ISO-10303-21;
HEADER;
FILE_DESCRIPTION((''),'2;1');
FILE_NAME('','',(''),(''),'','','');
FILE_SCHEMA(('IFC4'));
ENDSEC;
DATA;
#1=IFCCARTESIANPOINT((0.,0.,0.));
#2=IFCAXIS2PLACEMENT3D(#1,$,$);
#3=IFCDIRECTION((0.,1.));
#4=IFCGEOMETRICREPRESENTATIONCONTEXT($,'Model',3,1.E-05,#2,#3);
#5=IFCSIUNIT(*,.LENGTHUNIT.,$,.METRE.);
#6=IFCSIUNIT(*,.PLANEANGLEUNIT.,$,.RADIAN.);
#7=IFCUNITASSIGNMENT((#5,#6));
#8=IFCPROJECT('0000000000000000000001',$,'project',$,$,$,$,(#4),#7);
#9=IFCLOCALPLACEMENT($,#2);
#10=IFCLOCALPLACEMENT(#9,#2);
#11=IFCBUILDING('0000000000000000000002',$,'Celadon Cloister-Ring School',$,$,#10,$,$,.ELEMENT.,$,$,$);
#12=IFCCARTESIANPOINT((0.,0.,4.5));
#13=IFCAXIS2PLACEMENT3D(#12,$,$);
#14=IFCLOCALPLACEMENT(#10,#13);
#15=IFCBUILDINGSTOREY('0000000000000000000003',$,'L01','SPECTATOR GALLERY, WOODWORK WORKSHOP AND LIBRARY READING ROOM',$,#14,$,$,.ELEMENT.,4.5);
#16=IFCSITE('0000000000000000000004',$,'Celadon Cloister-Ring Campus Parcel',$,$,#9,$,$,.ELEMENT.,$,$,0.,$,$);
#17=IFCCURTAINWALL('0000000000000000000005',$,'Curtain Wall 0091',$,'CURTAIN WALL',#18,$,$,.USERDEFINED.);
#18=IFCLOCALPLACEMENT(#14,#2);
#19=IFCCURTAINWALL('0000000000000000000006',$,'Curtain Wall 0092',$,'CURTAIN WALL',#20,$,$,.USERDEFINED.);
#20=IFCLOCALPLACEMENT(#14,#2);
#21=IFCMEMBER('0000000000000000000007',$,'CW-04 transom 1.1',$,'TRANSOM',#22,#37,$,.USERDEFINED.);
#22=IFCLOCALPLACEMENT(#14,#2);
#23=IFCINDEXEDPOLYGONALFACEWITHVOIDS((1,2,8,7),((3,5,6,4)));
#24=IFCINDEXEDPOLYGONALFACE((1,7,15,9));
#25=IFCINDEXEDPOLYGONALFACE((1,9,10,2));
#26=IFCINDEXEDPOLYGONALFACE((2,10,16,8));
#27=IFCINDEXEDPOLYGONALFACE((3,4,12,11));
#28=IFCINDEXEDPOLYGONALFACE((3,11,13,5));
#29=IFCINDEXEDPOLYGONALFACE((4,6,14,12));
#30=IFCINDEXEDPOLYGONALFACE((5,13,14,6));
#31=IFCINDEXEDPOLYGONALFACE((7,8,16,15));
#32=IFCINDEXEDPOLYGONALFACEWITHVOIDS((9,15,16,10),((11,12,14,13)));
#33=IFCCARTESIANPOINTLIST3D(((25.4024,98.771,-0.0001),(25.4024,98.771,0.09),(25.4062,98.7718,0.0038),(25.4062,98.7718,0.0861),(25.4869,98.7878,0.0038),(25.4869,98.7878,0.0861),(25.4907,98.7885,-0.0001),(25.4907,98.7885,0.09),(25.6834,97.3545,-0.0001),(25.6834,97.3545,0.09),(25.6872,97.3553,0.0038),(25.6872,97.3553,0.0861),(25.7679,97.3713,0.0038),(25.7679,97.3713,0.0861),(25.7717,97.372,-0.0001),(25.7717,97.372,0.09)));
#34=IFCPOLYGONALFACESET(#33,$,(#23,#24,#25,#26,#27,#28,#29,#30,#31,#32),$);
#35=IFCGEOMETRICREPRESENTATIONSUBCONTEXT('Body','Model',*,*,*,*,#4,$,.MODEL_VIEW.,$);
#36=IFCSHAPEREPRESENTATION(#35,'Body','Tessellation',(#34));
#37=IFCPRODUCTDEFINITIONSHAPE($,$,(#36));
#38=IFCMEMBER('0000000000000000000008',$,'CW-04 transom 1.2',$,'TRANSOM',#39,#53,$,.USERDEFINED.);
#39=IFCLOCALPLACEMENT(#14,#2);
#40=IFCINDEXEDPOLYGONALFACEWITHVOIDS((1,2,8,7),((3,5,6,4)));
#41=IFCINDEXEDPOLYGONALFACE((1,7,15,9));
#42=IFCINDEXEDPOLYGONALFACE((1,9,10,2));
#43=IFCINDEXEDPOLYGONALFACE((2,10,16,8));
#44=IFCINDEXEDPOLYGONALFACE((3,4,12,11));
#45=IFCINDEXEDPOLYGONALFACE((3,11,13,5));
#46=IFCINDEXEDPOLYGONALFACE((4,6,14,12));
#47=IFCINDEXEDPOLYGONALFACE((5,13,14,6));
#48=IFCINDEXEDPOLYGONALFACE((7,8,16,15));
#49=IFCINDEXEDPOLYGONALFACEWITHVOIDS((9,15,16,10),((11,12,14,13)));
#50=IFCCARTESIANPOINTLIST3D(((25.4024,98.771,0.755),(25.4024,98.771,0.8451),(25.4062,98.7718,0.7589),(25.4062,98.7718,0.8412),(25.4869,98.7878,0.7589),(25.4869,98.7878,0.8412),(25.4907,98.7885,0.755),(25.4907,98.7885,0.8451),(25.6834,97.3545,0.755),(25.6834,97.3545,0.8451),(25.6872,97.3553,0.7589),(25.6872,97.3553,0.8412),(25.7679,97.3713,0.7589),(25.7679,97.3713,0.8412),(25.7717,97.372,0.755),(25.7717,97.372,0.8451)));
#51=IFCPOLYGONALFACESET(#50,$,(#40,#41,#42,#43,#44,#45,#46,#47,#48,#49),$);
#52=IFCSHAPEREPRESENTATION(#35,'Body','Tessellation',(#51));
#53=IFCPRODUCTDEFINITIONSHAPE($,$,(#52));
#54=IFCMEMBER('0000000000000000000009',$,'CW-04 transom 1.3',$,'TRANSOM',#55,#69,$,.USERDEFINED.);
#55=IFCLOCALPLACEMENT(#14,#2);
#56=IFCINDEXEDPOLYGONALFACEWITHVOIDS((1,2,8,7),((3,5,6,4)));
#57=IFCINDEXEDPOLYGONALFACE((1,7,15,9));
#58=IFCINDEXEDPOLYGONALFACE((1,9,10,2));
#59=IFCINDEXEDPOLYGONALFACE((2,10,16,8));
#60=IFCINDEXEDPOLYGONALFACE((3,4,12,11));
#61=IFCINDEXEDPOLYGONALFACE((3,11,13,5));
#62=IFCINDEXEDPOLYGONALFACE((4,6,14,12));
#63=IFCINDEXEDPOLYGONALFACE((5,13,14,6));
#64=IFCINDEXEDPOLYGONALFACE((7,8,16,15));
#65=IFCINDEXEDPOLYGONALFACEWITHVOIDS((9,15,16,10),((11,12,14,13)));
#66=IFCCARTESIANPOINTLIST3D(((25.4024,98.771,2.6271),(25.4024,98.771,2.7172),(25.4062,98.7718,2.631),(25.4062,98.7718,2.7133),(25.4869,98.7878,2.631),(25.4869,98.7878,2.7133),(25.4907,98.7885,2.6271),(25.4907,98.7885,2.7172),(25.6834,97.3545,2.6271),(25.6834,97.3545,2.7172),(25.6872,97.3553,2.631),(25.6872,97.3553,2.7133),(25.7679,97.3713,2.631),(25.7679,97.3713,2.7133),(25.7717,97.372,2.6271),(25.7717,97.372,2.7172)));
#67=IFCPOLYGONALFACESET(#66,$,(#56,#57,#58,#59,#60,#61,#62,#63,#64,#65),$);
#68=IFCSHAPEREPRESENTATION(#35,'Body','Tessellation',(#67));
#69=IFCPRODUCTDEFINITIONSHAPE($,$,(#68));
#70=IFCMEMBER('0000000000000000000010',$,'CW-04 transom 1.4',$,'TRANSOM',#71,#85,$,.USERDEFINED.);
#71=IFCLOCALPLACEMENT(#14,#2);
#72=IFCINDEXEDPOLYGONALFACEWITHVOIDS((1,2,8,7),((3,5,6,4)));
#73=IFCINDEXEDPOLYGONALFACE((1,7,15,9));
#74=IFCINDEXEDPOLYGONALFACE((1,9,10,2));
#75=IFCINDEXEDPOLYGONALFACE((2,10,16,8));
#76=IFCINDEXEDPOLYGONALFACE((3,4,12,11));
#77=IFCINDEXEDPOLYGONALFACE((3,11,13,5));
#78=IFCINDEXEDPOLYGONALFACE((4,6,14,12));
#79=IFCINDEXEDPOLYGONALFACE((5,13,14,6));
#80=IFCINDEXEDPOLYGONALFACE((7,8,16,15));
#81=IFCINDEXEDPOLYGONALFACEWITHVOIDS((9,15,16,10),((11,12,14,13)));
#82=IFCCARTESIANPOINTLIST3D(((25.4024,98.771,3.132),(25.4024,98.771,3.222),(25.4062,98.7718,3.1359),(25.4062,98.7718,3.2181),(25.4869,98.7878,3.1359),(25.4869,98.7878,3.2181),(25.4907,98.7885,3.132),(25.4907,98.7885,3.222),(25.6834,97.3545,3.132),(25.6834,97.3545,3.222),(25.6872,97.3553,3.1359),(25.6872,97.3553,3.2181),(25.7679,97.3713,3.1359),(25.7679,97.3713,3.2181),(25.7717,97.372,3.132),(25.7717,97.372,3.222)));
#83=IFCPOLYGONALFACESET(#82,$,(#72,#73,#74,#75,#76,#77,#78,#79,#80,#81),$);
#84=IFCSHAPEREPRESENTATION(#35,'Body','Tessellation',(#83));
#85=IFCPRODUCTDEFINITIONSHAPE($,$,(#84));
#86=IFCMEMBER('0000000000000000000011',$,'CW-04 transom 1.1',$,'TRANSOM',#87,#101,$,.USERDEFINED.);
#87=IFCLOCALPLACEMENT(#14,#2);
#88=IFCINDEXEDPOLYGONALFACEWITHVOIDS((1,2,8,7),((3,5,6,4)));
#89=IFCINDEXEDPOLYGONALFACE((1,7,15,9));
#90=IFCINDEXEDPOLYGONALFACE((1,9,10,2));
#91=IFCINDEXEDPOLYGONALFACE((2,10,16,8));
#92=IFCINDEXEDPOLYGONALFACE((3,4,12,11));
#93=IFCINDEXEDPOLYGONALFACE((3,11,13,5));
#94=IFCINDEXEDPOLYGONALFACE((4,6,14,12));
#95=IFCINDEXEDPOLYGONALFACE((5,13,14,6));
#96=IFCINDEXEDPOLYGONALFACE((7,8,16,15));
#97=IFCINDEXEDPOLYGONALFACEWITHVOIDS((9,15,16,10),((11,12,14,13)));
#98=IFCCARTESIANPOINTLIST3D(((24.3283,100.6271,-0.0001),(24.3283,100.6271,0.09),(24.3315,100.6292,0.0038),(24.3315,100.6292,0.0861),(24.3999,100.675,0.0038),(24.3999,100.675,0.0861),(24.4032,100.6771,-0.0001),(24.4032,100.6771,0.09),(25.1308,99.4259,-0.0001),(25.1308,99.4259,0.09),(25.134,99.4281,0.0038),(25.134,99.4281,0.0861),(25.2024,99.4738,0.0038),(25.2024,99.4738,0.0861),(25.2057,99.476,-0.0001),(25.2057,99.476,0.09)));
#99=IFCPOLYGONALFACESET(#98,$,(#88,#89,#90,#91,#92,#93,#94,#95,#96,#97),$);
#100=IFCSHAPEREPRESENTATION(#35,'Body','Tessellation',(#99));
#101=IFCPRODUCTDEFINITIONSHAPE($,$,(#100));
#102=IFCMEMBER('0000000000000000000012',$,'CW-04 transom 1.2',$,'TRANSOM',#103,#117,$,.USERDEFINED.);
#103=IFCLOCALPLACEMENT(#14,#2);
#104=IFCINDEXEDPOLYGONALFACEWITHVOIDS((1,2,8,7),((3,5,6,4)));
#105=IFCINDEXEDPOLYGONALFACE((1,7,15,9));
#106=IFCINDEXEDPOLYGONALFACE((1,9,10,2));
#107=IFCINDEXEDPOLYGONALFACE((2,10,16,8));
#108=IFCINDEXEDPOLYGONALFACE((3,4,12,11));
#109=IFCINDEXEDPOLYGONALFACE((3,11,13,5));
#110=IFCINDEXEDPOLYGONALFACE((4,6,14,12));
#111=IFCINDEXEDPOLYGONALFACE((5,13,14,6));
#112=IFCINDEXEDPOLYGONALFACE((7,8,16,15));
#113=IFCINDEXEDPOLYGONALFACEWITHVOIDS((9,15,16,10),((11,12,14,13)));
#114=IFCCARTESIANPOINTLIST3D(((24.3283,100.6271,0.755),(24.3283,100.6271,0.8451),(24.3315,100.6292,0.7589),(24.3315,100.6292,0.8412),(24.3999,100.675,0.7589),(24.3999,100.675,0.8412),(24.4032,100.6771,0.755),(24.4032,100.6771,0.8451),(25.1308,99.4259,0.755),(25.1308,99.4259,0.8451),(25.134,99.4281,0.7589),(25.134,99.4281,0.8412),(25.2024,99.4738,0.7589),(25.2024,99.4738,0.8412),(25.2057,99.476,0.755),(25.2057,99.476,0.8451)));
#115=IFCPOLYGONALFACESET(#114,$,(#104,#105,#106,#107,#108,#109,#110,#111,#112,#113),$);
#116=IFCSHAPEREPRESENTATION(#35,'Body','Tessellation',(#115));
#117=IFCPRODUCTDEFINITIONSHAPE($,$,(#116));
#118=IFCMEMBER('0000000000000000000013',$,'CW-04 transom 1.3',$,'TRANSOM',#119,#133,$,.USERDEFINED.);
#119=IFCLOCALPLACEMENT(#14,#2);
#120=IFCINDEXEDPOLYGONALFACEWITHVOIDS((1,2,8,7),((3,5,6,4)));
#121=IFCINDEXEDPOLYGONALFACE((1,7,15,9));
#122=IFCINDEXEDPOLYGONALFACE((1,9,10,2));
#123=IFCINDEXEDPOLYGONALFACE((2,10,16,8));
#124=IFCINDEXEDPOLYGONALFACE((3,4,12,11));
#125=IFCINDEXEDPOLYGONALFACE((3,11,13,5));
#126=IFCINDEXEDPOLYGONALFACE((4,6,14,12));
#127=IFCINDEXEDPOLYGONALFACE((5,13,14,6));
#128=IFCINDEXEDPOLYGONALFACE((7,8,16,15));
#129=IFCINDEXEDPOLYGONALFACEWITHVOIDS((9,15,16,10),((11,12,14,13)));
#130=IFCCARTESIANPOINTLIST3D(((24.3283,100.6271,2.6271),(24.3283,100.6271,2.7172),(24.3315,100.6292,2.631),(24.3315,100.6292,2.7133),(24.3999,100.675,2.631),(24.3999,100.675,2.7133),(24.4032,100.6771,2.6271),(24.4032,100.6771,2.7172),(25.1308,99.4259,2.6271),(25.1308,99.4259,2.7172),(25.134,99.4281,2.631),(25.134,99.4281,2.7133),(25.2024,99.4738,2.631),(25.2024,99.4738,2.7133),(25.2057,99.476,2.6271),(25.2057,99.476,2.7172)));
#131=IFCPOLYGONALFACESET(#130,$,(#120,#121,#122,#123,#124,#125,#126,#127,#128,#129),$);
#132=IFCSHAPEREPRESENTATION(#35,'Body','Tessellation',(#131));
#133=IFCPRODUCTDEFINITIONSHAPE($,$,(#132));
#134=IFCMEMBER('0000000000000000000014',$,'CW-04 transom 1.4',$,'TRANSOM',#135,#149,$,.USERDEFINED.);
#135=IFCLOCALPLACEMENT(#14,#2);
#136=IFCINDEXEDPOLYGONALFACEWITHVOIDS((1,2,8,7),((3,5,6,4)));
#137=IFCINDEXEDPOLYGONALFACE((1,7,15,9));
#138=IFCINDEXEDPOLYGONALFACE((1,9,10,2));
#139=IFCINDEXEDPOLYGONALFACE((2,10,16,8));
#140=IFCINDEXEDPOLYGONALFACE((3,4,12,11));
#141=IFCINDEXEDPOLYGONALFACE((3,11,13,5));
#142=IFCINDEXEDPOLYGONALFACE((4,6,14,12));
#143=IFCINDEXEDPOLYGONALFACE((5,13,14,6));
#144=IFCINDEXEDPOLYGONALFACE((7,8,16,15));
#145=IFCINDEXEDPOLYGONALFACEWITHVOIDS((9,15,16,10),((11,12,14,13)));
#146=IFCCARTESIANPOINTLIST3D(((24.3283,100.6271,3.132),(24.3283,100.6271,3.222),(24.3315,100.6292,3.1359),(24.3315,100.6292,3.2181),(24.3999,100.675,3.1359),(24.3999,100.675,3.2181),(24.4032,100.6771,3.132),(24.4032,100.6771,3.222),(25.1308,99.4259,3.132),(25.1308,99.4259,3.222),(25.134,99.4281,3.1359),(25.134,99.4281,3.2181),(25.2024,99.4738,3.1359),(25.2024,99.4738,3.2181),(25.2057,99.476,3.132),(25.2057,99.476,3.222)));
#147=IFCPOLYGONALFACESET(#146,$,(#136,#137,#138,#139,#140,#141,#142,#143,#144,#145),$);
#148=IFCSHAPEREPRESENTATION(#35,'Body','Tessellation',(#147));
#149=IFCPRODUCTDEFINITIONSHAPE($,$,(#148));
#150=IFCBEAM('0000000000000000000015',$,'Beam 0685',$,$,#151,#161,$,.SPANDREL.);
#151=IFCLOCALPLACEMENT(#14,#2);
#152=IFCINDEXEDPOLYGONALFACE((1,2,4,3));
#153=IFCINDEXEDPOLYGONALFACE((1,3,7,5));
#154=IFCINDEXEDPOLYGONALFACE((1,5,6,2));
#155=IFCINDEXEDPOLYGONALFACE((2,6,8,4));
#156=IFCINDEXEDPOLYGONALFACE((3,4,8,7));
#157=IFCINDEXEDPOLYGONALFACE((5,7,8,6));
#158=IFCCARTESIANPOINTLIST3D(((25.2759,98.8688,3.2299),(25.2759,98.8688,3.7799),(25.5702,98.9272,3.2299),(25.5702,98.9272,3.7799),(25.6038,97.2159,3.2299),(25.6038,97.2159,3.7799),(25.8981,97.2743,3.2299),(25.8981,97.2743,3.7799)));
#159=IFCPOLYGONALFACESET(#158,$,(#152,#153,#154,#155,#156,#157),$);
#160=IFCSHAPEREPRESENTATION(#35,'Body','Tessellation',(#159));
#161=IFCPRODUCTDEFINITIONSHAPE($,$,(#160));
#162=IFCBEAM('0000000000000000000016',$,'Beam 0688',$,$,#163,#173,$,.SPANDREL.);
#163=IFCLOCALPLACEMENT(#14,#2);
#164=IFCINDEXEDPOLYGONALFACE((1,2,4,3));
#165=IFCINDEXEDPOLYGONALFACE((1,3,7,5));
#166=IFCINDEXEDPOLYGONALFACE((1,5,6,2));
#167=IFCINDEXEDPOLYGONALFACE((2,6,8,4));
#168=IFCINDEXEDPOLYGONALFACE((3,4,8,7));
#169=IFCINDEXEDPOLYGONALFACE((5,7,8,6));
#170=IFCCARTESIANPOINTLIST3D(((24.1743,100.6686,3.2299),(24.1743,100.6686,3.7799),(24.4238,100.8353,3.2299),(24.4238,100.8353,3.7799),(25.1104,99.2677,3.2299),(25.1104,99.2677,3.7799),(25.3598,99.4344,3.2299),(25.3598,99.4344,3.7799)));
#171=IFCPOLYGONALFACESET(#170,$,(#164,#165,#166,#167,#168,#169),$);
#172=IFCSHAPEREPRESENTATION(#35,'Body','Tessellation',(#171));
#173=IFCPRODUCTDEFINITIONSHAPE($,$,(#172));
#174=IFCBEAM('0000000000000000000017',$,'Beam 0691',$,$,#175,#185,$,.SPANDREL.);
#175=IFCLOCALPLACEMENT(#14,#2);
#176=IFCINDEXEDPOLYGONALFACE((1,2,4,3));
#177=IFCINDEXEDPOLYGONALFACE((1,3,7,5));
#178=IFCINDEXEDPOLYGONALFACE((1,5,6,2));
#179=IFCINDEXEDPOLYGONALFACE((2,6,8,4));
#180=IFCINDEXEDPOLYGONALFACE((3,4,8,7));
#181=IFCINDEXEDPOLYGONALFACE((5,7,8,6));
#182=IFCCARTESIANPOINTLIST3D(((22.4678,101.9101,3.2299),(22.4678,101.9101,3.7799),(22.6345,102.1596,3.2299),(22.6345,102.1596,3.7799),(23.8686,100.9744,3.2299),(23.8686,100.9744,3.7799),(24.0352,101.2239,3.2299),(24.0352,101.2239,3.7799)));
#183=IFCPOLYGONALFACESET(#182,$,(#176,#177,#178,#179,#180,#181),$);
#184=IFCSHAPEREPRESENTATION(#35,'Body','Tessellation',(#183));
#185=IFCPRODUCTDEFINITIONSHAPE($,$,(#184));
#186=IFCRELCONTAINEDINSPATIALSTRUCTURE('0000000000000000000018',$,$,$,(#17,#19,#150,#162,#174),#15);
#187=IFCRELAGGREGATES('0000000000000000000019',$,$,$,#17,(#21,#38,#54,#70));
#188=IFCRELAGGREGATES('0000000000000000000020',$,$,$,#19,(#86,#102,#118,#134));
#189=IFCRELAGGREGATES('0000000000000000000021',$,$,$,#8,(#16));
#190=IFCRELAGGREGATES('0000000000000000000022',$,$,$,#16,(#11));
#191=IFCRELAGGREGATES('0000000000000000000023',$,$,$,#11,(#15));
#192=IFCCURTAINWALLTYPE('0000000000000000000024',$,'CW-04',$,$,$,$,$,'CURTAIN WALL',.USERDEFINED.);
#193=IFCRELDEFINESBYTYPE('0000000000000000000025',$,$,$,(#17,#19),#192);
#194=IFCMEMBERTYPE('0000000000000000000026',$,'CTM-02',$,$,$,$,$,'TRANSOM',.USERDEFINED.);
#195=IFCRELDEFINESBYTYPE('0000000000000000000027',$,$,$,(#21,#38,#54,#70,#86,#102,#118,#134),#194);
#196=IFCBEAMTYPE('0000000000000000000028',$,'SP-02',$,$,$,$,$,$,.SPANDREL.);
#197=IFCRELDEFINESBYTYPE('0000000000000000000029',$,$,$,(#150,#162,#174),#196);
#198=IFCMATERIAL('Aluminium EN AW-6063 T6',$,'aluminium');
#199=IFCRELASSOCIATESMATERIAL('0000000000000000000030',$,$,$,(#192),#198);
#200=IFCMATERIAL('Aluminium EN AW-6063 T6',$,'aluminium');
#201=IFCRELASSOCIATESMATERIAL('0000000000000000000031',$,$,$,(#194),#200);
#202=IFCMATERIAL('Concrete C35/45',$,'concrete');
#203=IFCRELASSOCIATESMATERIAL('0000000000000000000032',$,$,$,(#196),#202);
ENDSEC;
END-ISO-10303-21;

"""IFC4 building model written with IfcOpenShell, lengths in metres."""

from ifc_helpers import new_model, si_unit, direction, frame, origin, origin_2d, place, context, subcontext, project, spatial, rectangle, hollow_rectangle, extrude, material, material_profile, profile_set, type_object, element, aggregate, save


model = new_model("IFC4")

# Units and contexts
model_context = context("Model", 3, precision=1e-05, world=origin(), true_north=direction((0.0, 1.0)))
body_context = subcontext(model_context, "Body", "Model", "MODEL_VIEW")
ifc_project = project(units=[si_unit("LENGTHUNIT", "METRE"), si_unit("PLANEANGLEUNIT", "RADIAN")], contexts=[model_context])

# Site, building, storey
site_placement = place(None, origin())
site = spatial("IfcSite", under=ifc_project, at=site_placement, Name="Celadon Cloister-Ring Campus Parcel", CompositionType="ELEMENT", RefElevation=0.0)
building_placement = place(site_placement, origin())
building = spatial("IfcBuilding", under=site, at=building_placement, Name="Celadon Cloister-Ring School", CompositionType="ELEMENT")
storey_placement = place(building_placement, frame((0.0, 0.0, 4.5)))
storey = spatial("IfcBuildingStorey", under=building, at=storey_placement, Name="L01", Description="SPECTATOR GALLERY, WOODWORK WORKSHOP AND LIBRARY READING ROOM", CompositionType="ELEMENT", Elevation=4.5)

# Curtain walls
ifc_material_1 = material(Name="Aluminium EN AW-6063 T6", Category="aluminium")
curtain_wall_type = type_object("IfcCurtainWallType", Name="CW-04", ElementType="CURTAIN WALL", PredefinedType="USERDEFINED", material=ifc_material_1)
curtain_wall_1_placement = place(storey_placement, origin())
curtain_wall_1 = element("IfcCurtainWall", 1, at=curtain_wall_1_placement, inside=storey, type_object=curtain_wall_type, Name="Curtain Wall 0091", ObjectType="CURTAIN WALL", PredefinedType="USERDEFINED")
curtain_wall_2_placement = place(storey_placement, origin())
curtain_wall_2 = element("IfcCurtainWall", 2, at=curtain_wall_2_placement, inside=storey, type_object=curtain_wall_type, Name="Curtain Wall 0092", ObjectType="CURTAIN WALL", PredefinedType="USERDEFINED")

# Members
ifc_material_2 = material(Name="Aluminium EN AW-6063 T6", Category="aluminium")
ifc_material_profile_1 = material_profile(ifc_material_2, hollow_rectangle(XDim=0.0901, YDim=0.0901, WallThickness=0.0039, at=origin_2d()), Name="RHS90X90X4")
ifc_profile_set_1 = profile_set([ifc_material_profile_1], Name="Aluminium EN AW-6063 T6")
member_type_1 = type_object("IfcMemberType", Name="CTM-02", ElementType="TRANSOM", PredefinedType="USERDEFINED", material=ifc_profile_set_1)
member_1_placement = place(storey_placement, frame((25.7275, 97.3633, 0.0449), z_axis=(-0.194588, 0.980885, 0.0), x_axis=(-0.980885, -0.194588, 0.0)))
member_1 = element("IfcMember", 3, at=member_1_placement, type_object=member_type_1, Name="CW-04 transom 1.1", ObjectType="TRANSOM", PredefinedType="USERDEFINED", context=body_context, shape_type="SweptSolid", body=[
    extrude(hollow_rectangle(XDim=0.0901, YDim=0.0901, WallThickness=0.0039, at=origin_2d()), origin(), (0.0, 0.0, 1.0), 1.4441),
])
member_2_placement = place(storey_placement, frame((25.7275, 97.3633, 0.8), z_axis=(-0.194588, 0.980885, 0.0), x_axis=(-0.980885, -0.194588, 0.0)))
member_2 = element("IfcMember", 4, at=member_2_placement, type_object=member_type_1, Name="CW-04 transom 1.2", ObjectType="TRANSOM", PredefinedType="USERDEFINED", context=body_context, shape_type="SweptSolid", body=[
    extrude(hollow_rectangle(XDim=0.0901, YDim=0.0901, WallThickness=0.0039, at=origin_2d()), origin(), (0.0, 0.0, 1.0), 1.4441),
])
member_3_placement = place(storey_placement, frame((25.7275, 97.3633, 2.6721), z_axis=(-0.194588, 0.980885, 0.0), x_axis=(-0.980885, -0.194588, 0.0)))
member_3 = element("IfcMember", 5, at=member_3_placement, type_object=member_type_1, Name="CW-04 transom 1.3", ObjectType="TRANSOM", PredefinedType="USERDEFINED", context=body_context, shape_type="SweptSolid", body=[
    extrude(hollow_rectangle(XDim=0.0901, YDim=0.0901, WallThickness=0.0039, at=origin_2d()), origin(), (0.0, 0.0, 1.0), 1.4441),
])
member_4_placement = place(storey_placement, frame((25.7275, 97.3633, 3.177), z_axis=(-0.194588, 0.980885, 0.0), x_axis=(-0.980885, -0.194588, 0.0)))
member_4 = element("IfcMember", 6, at=member_4_placement, type_object=member_type_1, Name="CW-04 transom 1.4", ObjectType="TRANSOM", PredefinedType="USERDEFINED", context=body_context, shape_type="SweptSolid", body=[
    extrude(hollow_rectangle(XDim=0.0901, YDim=0.0901, WallThickness=0.0039, at=origin_2d()), origin(), (0.0, 0.0, 1.0), 1.4441),
])
member_5_placement = place(storey_placement, frame((25.1682, 99.4509, 0.0449), z_axis=(-0.555519, 0.831504, 0.0), x_axis=(-0.831504, -0.555519, 0.0)))
member_5 = element("IfcMember", 7, at=member_5_placement, type_object=member_type_1, Name="CW-04 transom 1.1", ObjectType="TRANSOM", PredefinedType="USERDEFINED", context=body_context, shape_type="SweptSolid", body=[
    extrude(hollow_rectangle(XDim=0.0901, YDim=0.0901, WallThickness=0.0039, at=origin_2d()), origin(), (0.0, 0.0, 1.0), 1.4446),
])
member_6_placement = place(storey_placement, frame((25.1682, 99.4509, 0.8), z_axis=(-0.555519, 0.831504, 0.0), x_axis=(-0.831504, -0.555519, 0.0)))
member_6 = element("IfcMember", 8, at=member_6_placement, type_object=member_type_1, Name="CW-04 transom 1.2", ObjectType="TRANSOM", PredefinedType="USERDEFINED", context=body_context, shape_type="SweptSolid", body=[
    extrude(hollow_rectangle(XDim=0.0901, YDim=0.0901, WallThickness=0.0039, at=origin_2d()), origin(), (0.0, 0.0, 1.0), 1.4446),
])
member_7_placement = place(storey_placement, frame((25.1682, 99.4509, 2.6721), z_axis=(-0.555519, 0.831504, 0.0), x_axis=(-0.831504, -0.555519, 0.0)))
member_7 = element("IfcMember", 9, at=member_7_placement, type_object=member_type_1, Name="CW-04 transom 1.3", ObjectType="TRANSOM", PredefinedType="USERDEFINED", context=body_context, shape_type="SweptSolid", body=[
    extrude(hollow_rectangle(XDim=0.0901, YDim=0.0901, WallThickness=0.0039, at=origin_2d()), origin(), (0.0, 0.0, 1.0), 1.4446),
])
member_8_placement = place(storey_placement, frame((25.1682, 99.4509, 3.177), z_axis=(-0.555519, 0.831504, 0.0), x_axis=(-0.831504, -0.555519, 0.0)))
member_8 = element("IfcMember", 10, at=member_8_placement, type_object=member_type_1, Name="CW-04 transom 1.4", ObjectType="TRANSOM", PredefinedType="USERDEFINED", context=body_context, shape_type="SweptSolid", body=[
    extrude(hollow_rectangle(XDim=0.0901, YDim=0.0901, WallThickness=0.0039, at=origin_2d()), origin(), (0.0, 0.0, 1.0), 1.4446),
])

# Beams
ifc_material_3 = material(Name="Concrete C35/45", Category="concrete")
ifc_material_profile_2 = material_profile(ifc_material_3, rectangle(XDim=0.3, YDim=0.55, at=origin_2d()), Name="RC300X550")
ifc_profile_set_2 = profile_set([ifc_material_profile_2], Name="Concrete C35/45")
beam_type = type_object("IfcBeamType", Name="SP-02", PredefinedType="SPANDREL", material=ifc_profile_set_2)
beam_1_placement = place(storey_placement, frame((25.751, 97.2451, 3.5049), z_axis=(-0.194583, 0.980886, 0.0), x_axis=(-0.980886, -0.194583, 0.0)))
element("IfcBeam", 11, at=beam_1_placement, inside=storey, type_object=beam_type, Name="Beam 0685", PredefinedType="SPANDREL", context=body_context, shape_type="SweptSolid", body=[
    extrude(rectangle(XDim=0.3, YDim=0.55, at=origin_2d()), origin(), (0.0, 0.0, 1.0), 1.6851),
])
beam_2_placement = place(storey_placement, frame((25.2351, 99.3511, 3.5049), z_axis=(-0.555569, 0.83147, 0.0), x_axis=(-0.83147, -0.555569, 0.0)))
element("IfcBeam", 12, at=beam_2_placement, inside=storey, type_object=beam_type, Name="Beam 0688", PredefinedType="SPANDREL", context=body_context, shape_type="SweptSolid", body=[
    extrude(rectangle(XDim=0.3, YDim=0.55, at=origin_2d()), origin(), (0.0, 0.0, 1.0), 1.6848),
])
beam_3_placement = place(storey_placement, frame((23.9519, 101.0991, 3.5049), z_axis=(-0.831537, 0.555469, 0.0), x_axis=(-0.555469, -0.831537, 0.0)))
element("IfcBeam", 13, at=beam_3_placement, inside=storey, type_object=beam_type, Name="Beam 0691", PredefinedType="SPANDREL", context=body_context, shape_type="SweptSolid", body=[
    extrude(rectangle(XDim=0.3, YDim=0.55, at=origin_2d()), origin(), (0.0, 0.0, 1.0), 1.6846),
])

aggregate(curtain_wall_1, [member_1, member_2, member_3, member_4])
aggregate(curtain_wall_2, [member_5, member_6, member_7, member_8])

save(model, "model.ifc")
